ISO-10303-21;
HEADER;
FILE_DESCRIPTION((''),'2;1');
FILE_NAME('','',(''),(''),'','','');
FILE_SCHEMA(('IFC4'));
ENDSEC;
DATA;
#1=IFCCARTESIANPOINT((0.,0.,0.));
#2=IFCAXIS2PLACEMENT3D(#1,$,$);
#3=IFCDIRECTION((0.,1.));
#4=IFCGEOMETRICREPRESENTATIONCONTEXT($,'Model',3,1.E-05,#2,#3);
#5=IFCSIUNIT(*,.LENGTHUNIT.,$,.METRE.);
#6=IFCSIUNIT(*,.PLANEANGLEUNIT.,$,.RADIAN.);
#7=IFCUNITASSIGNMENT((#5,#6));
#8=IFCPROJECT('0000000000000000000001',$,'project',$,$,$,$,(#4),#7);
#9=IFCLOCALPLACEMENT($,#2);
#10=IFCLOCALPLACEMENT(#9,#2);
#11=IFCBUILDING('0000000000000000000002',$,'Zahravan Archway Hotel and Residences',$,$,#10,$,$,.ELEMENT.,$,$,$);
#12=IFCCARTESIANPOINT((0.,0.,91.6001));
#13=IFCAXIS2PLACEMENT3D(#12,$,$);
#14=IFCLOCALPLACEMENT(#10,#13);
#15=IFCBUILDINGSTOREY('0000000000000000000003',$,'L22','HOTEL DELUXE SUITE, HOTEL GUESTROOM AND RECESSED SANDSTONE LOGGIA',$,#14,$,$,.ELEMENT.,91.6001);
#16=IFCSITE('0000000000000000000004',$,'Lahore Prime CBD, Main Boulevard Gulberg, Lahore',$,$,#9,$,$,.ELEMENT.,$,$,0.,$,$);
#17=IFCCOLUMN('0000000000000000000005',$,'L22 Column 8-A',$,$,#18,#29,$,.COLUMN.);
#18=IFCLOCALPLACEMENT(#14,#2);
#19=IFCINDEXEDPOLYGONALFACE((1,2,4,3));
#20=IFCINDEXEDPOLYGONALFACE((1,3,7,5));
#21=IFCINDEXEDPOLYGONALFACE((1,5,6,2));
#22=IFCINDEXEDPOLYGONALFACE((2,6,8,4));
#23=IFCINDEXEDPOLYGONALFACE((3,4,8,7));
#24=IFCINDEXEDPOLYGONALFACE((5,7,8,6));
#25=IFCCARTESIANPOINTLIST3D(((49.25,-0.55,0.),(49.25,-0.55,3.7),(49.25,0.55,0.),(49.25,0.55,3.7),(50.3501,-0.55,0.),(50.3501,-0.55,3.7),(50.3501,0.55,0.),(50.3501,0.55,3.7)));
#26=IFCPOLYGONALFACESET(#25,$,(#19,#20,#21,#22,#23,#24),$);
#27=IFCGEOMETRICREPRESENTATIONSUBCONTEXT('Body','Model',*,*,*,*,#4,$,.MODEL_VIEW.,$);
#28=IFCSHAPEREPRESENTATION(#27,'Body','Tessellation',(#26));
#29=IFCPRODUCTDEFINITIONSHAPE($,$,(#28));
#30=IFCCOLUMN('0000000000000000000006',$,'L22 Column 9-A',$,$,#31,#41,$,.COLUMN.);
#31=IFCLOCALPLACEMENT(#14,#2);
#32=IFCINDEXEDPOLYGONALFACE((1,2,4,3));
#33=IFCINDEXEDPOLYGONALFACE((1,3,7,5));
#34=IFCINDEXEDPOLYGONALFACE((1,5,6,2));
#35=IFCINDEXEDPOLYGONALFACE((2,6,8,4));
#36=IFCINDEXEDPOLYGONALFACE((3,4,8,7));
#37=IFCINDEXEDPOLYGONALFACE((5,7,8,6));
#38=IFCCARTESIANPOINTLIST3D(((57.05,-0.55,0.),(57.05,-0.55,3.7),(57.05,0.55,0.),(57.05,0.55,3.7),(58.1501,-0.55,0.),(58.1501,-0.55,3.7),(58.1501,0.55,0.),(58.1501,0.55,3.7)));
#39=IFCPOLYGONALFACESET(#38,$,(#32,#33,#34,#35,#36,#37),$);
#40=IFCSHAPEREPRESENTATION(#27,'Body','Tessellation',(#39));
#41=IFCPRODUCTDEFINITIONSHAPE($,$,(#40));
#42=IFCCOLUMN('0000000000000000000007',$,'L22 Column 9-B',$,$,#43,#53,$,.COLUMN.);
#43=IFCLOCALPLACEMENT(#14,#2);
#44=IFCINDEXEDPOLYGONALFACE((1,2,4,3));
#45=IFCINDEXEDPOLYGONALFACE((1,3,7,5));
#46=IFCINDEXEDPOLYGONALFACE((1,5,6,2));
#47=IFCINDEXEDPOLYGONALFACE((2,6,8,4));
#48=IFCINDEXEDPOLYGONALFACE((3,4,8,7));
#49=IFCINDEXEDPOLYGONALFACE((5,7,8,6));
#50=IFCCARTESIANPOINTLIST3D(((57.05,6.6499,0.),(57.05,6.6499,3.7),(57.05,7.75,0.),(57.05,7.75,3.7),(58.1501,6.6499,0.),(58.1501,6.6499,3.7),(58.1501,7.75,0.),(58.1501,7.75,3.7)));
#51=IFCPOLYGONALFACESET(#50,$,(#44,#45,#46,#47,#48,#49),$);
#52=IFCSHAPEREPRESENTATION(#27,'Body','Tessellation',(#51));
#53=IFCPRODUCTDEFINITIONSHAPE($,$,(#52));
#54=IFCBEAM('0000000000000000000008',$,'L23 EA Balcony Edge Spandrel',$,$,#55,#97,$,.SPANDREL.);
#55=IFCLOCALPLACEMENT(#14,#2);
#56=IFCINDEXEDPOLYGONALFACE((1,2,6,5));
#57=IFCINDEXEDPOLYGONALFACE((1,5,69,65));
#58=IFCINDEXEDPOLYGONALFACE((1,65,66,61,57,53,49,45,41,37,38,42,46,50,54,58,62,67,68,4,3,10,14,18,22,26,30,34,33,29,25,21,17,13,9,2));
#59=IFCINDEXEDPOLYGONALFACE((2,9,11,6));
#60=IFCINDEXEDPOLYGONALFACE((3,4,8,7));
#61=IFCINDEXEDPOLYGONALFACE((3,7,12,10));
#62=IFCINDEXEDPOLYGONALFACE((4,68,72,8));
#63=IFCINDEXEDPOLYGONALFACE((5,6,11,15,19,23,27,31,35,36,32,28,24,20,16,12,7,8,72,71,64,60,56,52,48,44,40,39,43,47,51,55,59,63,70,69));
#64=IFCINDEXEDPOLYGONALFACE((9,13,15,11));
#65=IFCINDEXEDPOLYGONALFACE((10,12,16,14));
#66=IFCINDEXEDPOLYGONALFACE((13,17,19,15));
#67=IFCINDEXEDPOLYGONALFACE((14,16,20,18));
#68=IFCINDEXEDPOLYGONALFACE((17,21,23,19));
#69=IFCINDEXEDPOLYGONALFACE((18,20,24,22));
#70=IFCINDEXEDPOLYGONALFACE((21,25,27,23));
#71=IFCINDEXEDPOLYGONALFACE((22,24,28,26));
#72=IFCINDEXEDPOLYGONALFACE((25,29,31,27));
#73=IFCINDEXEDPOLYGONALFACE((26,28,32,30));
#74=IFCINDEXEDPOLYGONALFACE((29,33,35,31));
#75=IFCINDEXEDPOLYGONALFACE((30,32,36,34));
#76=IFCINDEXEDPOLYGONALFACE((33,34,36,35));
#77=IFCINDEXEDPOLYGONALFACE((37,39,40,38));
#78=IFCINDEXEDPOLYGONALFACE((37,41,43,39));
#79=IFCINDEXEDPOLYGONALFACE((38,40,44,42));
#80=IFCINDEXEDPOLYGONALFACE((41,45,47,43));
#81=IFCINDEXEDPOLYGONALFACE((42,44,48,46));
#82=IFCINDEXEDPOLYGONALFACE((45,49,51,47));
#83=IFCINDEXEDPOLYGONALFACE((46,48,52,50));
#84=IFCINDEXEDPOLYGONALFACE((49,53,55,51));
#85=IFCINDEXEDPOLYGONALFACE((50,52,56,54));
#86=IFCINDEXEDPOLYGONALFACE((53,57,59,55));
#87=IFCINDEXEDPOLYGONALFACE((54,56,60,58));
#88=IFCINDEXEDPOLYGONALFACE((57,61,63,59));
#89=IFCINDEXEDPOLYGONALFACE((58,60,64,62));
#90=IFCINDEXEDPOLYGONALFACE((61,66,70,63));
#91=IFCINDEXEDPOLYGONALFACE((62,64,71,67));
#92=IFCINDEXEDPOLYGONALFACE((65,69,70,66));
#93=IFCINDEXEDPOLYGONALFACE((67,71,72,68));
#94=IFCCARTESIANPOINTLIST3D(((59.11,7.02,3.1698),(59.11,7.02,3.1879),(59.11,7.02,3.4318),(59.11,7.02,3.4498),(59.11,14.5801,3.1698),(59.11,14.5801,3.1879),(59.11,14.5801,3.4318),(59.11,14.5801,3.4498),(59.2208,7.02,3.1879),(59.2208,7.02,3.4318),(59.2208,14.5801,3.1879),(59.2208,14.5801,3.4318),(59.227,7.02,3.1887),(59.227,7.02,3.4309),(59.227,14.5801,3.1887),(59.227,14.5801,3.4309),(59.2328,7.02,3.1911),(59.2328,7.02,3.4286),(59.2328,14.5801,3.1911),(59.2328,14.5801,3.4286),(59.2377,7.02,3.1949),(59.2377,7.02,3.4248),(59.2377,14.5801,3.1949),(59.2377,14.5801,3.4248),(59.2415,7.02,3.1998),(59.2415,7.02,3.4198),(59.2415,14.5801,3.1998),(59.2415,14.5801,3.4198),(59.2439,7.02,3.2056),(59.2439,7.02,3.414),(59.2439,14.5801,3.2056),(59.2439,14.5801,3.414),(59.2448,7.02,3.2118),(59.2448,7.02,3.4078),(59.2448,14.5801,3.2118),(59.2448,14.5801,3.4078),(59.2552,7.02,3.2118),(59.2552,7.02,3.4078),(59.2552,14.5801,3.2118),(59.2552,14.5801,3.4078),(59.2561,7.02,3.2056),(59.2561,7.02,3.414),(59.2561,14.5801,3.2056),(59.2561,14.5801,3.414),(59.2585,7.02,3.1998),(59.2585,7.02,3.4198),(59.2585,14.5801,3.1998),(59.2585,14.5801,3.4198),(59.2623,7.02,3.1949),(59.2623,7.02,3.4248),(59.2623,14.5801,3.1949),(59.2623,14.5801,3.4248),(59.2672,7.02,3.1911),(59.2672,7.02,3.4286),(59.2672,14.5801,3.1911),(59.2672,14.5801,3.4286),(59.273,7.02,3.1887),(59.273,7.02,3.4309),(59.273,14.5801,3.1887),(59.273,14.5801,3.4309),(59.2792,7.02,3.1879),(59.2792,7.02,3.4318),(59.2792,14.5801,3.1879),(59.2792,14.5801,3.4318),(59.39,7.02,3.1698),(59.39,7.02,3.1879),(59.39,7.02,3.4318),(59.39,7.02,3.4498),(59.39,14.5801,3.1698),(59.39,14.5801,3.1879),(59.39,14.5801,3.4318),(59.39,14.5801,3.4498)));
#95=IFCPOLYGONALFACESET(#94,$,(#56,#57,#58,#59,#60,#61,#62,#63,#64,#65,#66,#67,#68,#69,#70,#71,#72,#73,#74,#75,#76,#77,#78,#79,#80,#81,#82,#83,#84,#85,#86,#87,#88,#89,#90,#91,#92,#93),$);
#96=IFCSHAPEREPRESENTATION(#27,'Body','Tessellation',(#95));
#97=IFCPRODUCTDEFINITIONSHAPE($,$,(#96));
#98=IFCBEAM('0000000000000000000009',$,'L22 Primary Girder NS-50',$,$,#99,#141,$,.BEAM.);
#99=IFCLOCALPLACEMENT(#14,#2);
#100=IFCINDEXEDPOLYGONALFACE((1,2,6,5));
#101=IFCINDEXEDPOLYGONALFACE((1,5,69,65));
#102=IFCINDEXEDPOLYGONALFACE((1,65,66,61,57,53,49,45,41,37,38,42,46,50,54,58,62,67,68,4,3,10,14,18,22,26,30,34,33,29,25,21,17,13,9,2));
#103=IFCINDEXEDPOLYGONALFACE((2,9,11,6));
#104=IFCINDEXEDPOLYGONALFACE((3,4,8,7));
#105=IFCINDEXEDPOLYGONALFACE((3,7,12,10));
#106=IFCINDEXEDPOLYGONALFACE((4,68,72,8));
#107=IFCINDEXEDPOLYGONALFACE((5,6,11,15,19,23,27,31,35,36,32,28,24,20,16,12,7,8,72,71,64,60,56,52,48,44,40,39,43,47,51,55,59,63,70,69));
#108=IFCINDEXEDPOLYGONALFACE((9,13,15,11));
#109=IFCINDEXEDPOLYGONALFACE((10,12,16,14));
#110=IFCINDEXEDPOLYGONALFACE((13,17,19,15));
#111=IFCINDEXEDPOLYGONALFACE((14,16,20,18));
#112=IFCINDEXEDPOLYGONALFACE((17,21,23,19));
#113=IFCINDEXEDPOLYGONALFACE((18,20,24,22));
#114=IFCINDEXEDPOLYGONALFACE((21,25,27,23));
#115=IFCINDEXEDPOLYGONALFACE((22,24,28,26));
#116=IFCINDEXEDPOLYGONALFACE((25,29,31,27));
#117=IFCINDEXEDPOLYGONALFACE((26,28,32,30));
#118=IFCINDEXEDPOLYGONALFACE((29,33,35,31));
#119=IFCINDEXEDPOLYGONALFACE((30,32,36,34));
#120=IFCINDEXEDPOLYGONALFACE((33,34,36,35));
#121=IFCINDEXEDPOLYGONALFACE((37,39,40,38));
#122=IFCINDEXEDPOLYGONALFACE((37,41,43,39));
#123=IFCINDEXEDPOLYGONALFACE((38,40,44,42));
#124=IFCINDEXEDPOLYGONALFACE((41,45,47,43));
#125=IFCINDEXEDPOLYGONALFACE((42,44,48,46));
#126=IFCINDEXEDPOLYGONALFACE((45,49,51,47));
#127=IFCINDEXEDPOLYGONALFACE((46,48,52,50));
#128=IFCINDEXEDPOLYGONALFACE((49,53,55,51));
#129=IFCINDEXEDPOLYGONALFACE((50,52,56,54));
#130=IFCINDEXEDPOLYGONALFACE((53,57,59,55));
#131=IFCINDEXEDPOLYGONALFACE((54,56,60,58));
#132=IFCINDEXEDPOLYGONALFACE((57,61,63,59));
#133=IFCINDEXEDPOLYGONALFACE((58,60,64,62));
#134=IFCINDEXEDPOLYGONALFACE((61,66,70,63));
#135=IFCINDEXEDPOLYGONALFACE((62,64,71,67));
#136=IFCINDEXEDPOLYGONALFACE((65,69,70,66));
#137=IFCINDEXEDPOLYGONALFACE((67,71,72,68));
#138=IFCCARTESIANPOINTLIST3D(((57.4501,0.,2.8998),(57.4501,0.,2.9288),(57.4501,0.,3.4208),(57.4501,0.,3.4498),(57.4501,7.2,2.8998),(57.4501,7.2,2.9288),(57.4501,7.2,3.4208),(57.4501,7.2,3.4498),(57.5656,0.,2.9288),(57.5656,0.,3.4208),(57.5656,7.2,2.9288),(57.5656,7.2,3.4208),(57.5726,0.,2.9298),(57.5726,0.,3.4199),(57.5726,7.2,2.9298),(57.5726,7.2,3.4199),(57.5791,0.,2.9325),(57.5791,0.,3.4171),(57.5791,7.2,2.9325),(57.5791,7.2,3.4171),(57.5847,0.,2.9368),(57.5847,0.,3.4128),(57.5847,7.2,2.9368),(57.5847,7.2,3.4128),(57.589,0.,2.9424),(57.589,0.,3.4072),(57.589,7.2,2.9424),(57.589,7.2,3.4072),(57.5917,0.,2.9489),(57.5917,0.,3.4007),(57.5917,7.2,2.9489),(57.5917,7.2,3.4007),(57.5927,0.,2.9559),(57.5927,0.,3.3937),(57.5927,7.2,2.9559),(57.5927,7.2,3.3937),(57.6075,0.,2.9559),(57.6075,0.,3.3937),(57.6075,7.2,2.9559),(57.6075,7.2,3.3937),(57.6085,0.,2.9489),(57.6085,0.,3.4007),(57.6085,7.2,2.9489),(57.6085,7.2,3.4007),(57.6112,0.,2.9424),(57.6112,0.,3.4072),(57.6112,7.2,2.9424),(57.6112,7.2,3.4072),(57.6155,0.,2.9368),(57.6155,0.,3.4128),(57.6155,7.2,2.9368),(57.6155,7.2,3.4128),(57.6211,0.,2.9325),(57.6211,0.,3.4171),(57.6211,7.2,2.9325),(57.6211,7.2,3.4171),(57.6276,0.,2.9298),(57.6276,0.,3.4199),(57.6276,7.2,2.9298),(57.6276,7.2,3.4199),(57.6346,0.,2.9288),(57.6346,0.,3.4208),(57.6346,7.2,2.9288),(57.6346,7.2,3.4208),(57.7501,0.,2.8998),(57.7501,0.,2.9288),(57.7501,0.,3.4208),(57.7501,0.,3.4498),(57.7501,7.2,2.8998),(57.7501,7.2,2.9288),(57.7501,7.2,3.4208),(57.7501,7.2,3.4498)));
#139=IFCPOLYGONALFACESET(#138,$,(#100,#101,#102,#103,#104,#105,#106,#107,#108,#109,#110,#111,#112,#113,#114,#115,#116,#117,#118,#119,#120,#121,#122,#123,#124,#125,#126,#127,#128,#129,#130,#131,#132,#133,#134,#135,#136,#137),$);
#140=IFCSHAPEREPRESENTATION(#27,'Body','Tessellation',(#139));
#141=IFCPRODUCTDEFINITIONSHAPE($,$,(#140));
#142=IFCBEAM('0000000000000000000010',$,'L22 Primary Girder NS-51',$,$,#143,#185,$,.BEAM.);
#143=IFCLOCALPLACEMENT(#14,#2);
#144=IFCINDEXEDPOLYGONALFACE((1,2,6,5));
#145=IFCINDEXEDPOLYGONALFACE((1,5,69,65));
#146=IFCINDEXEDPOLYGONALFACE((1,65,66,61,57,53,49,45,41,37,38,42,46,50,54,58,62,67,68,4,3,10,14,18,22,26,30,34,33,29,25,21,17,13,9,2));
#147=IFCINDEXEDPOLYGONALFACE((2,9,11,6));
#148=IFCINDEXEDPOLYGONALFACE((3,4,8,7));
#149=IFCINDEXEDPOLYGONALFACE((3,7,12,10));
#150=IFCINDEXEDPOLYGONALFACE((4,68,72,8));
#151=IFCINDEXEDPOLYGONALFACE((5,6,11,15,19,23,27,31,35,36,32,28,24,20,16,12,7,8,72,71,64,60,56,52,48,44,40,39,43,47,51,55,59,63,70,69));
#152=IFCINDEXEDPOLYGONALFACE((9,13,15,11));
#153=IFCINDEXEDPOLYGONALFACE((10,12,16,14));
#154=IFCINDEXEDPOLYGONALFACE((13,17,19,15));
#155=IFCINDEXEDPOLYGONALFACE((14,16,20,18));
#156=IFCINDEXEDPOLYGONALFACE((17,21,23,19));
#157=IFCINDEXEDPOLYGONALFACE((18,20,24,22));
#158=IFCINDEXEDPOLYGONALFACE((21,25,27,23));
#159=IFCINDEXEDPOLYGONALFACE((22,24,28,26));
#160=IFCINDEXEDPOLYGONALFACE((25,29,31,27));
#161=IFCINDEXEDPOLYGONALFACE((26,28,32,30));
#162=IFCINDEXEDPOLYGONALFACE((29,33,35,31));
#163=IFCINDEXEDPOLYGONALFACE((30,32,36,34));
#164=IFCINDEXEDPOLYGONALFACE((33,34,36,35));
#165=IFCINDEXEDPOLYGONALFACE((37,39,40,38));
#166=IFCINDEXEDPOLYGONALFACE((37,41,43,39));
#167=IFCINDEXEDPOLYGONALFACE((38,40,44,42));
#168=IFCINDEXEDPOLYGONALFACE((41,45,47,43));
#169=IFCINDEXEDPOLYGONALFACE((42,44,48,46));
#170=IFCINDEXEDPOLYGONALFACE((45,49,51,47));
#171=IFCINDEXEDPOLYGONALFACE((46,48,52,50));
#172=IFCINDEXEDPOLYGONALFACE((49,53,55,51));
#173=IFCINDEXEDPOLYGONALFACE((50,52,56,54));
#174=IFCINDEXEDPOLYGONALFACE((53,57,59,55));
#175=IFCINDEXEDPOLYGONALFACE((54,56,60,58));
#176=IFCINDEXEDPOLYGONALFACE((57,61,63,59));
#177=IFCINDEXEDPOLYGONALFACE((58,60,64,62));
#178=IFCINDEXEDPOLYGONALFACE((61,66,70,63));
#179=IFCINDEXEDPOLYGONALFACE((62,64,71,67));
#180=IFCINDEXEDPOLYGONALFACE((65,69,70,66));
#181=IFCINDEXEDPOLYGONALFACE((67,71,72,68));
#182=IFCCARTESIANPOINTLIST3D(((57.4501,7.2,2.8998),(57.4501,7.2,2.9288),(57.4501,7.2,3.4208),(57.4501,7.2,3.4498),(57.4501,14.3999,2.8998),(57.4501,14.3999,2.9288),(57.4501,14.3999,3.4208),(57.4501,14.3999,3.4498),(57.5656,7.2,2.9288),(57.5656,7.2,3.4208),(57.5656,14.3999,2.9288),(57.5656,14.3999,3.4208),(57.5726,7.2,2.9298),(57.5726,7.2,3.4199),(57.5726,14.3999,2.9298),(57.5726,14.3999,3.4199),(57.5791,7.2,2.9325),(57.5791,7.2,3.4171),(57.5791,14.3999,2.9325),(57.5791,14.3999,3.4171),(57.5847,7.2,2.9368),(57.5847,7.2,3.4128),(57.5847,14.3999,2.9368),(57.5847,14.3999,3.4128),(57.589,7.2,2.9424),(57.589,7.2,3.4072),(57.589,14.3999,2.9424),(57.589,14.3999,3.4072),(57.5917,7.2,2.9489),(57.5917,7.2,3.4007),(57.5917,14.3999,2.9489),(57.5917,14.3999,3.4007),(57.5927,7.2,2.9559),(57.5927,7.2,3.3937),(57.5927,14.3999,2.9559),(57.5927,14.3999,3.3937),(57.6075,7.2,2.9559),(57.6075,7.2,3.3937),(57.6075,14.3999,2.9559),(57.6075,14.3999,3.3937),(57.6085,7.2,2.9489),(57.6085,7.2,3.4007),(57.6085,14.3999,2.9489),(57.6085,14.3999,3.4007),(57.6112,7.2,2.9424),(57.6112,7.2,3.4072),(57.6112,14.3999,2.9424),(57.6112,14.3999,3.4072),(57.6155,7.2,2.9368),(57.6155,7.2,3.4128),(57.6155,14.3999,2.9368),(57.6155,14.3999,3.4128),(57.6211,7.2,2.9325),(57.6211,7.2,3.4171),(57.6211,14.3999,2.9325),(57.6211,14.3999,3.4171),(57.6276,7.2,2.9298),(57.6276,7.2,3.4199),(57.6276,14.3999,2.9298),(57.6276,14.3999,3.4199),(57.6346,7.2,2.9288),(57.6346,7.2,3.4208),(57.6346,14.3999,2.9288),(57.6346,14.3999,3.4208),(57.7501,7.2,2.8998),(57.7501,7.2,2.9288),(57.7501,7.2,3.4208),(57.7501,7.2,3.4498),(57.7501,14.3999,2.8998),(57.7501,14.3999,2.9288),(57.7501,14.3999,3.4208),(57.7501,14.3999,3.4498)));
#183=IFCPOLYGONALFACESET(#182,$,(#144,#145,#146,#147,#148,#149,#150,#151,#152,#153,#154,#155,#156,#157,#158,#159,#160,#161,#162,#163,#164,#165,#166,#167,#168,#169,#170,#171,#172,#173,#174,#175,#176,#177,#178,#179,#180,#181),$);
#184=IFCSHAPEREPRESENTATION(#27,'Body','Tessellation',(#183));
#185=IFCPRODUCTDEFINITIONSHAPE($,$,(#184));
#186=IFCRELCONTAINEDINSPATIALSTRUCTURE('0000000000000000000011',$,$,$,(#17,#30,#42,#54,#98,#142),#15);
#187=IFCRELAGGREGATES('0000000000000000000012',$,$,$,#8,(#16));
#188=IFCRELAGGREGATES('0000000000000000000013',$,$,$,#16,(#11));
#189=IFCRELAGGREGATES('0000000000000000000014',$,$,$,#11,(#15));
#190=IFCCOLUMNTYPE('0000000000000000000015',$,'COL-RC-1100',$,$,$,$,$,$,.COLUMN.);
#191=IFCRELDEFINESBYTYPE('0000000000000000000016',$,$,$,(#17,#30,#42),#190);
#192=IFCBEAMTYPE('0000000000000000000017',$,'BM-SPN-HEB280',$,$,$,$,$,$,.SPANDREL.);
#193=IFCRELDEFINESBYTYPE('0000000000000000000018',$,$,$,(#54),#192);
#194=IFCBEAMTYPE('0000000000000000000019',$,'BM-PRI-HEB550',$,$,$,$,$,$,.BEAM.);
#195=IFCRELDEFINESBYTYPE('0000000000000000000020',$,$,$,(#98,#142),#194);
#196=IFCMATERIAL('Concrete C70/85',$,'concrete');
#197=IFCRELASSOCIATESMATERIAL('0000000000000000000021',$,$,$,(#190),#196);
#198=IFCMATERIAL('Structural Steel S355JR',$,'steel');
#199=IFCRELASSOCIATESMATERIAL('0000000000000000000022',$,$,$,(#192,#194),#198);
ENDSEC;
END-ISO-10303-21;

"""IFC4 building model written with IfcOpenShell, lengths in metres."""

from ifc_helpers import new_model, si_unit, direction, frame, origin, origin_2d, place, context, subcontext, project, spatial, rectangle, i_section, extrude, source, transform, mapped, material, material_profile, profile_set, type_object, type_shapes, element, save


model = new_model("IFC4")

# Units and contexts
model_context = context("Model", 3, precision=1e-05, world=origin(), true_north=direction((0.0, 1.0)))
body_context = subcontext(model_context, "Body", "Model", "MODEL_VIEW")
ifc_project = project(units=[si_unit("LENGTHUNIT", "METRE"), si_unit("PLANEANGLEUNIT", "RADIAN")], contexts=[model_context])

# Site, building, storey
site_placement = place(None, origin())
site = spatial("IfcSite", under=ifc_project, at=site_placement, Name="Lahore Prime CBD, Main Boulevard Gulberg, Lahore", CompositionType="ELEMENT", RefElevation=0.0)
building_placement = place(site_placement, origin())
building = spatial("IfcBuilding", under=site, at=building_placement, Name="Zahravan Archway Hotel and Residences", CompositionType="ELEMENT")
storey_placement = place(building_placement, frame((0.0, 0.0, 91.6001)))
storey = spatial("IfcBuildingStorey", under=building, at=storey_placement, Name="L22", Description="HOTEL DELUXE SUITE, HOTEL GUESTROOM AND RECESSED SANDSTONE LOGGIA", CompositionType="ELEMENT", Elevation=91.6001)

# Columns
ifc_material_1 = material(Name="Concrete C70/85", Category="concrete")
ifc_material_profile_1 = material_profile(ifc_material_1, rectangle(XDim=1.1001, YDim=1.1001, at=origin_2d()), Name="RC 1100x1100", Category="concrete")
ifc_profile_set_1 = profile_set([ifc_material_profile_1], Name="Concrete C70/85")
column_type = type_object("IfcColumnType", Name="COL-RC-1100", PredefinedType="COLUMN", material=ifc_profile_set_1)
shared_shape_1 = source(origin(), body_context, "Body", "SweptSolid", [
    extrude(rectangle(XDim=1.1001, YDim=1.1001, at=origin_2d()), origin(), (0.0, 0.0, 1.0), 3.7),
])
for number, where, z_axis, x_axis, name in (
    (1, (49.8, 0.0, 0.0), (0.0, 0.0, 1.0), (1.0, 0.0, 0.0), "L22 Column 8-A"),
    (2, (57.6001, 0.0, 0.0), (0.0, 0.0, 1.0), (1.0, 0.0, 0.0), "L22 Column 9-A"),
    (3, (57.6001, 7.2, 0.0), (0.0, 0.0, 1.0), (1.0, 0.0, 0.0), "L22 Column 9-B"),
):
    element("IfcColumn", number, at=place(storey_placement, frame(where, z_axis=z_axis, x_axis=x_axis)), inside=storey, type_object=column_type, Name=name, PredefinedType="COLUMN", context=body_context, shape_type="MappedRepresentation", body=[
        mapped(shared_shape_1, transform((0.0, 0.0, 0.0), scale=1.0)),
    ])

# Beams
ifc_material_2 = material(Name="Structural Steel S355JR", Category="steel")
ifc_material_profile_2 = material_profile(ifc_material_2, i_section(OverallWidth=0.28, OverallDepth=0.28, WebThickness=0.0105, FlangeThickness=0.0181, FilletRadius=0.0239, at=origin_2d()), Name="HEB 280", Category="steel")
ifc_profile_set_2 = profile_set([ifc_material_profile_2], Name="Structural Steel S355JR")
beam_type_1 = type_object("IfcBeamType", Name="BM-SPN-HEB280", PredefinedType="SPANDREL", material=ifc_profile_set_2)
shared_shape_2 = source(origin(), body_context, "Body", "SweptSolid", [
    extrude(i_section(OverallWidth=0.28, OverallDepth=0.28, WebThickness=0.0105, FlangeThickness=0.0181, FilletRadius=0.0239, at=origin_2d()), origin(), (0.0, 0.0, 1.0), 7.5601),
])
type_shapes(beam_type_1, [shared_shape_2])
beam_1_placement = place(storey_placement, frame((59.25, 7.02, 3.3098), z_axis=(0.0, 1.0, 0.0), x_axis=(-1.0, 0.0, 0.0)))
element("IfcBeam", 4, at=beam_1_placement, inside=storey, type_object=beam_type_1, Name="L23 EA Balcony Edge Spandrel", PredefinedType="SPANDREL", context=body_context, shape_type="MappedRepresentation", body=[
    mapped(shared_shape_2, transform((0.0, 0.0, 0.0), scale=1.0)),
])
ifc_material_profile_3 = material_profile(ifc_material_2, i_section(OverallWidth=0.3, OverallDepth=0.55, WebThickness=0.0149, FlangeThickness=0.0291, FilletRadius=0.0271, at=origin_2d()), Name="HEB 550", Category="steel")
ifc_profile_set_3 = profile_set([ifc_material_profile_3], Name="Structural Steel S355JR")
beam_type_2 = type_object("IfcBeamType", Name="BM-PRI-HEB550", PredefinedType="BEAM", material=ifc_profile_set_3)
shared_shape_3 = source(origin(), body_context, "Body", "SweptSolid", [
    extrude(i_section(OverallWidth=0.3, OverallDepth=0.55, WebThickness=0.0149, FlangeThickness=0.0291, FilletRadius=0.0271, at=origin_2d()), origin(), (0.0, 0.0, 1.0), 7.2),
])
for number, where, z_axis, x_axis, name in (
    (5, (57.6001, 0.0, 3.1748), (0.0, 1.0, 0.0), (-1.0, 0.0, 0.0), "L22 Primary Girder NS-50"),
    (6, (57.6001, 7.2, 3.1748), (0.0, 1.0, 0.0), (-1.0, 0.0, 0.0), "L22 Primary Girder NS-51"),
):
    element("IfcBeam", number, at=place(storey_placement, frame(where, z_axis=z_axis, x_axis=x_axis)), inside=storey, type_object=beam_type_2, Name=name, PredefinedType="BEAM", context=body_context, shape_type="MappedRepresentation", body=[
        mapped(shared_shape_3, transform((0.0, 0.0, 0.0), scale=1.0)),
    ])

save(model, "model.ifc")
